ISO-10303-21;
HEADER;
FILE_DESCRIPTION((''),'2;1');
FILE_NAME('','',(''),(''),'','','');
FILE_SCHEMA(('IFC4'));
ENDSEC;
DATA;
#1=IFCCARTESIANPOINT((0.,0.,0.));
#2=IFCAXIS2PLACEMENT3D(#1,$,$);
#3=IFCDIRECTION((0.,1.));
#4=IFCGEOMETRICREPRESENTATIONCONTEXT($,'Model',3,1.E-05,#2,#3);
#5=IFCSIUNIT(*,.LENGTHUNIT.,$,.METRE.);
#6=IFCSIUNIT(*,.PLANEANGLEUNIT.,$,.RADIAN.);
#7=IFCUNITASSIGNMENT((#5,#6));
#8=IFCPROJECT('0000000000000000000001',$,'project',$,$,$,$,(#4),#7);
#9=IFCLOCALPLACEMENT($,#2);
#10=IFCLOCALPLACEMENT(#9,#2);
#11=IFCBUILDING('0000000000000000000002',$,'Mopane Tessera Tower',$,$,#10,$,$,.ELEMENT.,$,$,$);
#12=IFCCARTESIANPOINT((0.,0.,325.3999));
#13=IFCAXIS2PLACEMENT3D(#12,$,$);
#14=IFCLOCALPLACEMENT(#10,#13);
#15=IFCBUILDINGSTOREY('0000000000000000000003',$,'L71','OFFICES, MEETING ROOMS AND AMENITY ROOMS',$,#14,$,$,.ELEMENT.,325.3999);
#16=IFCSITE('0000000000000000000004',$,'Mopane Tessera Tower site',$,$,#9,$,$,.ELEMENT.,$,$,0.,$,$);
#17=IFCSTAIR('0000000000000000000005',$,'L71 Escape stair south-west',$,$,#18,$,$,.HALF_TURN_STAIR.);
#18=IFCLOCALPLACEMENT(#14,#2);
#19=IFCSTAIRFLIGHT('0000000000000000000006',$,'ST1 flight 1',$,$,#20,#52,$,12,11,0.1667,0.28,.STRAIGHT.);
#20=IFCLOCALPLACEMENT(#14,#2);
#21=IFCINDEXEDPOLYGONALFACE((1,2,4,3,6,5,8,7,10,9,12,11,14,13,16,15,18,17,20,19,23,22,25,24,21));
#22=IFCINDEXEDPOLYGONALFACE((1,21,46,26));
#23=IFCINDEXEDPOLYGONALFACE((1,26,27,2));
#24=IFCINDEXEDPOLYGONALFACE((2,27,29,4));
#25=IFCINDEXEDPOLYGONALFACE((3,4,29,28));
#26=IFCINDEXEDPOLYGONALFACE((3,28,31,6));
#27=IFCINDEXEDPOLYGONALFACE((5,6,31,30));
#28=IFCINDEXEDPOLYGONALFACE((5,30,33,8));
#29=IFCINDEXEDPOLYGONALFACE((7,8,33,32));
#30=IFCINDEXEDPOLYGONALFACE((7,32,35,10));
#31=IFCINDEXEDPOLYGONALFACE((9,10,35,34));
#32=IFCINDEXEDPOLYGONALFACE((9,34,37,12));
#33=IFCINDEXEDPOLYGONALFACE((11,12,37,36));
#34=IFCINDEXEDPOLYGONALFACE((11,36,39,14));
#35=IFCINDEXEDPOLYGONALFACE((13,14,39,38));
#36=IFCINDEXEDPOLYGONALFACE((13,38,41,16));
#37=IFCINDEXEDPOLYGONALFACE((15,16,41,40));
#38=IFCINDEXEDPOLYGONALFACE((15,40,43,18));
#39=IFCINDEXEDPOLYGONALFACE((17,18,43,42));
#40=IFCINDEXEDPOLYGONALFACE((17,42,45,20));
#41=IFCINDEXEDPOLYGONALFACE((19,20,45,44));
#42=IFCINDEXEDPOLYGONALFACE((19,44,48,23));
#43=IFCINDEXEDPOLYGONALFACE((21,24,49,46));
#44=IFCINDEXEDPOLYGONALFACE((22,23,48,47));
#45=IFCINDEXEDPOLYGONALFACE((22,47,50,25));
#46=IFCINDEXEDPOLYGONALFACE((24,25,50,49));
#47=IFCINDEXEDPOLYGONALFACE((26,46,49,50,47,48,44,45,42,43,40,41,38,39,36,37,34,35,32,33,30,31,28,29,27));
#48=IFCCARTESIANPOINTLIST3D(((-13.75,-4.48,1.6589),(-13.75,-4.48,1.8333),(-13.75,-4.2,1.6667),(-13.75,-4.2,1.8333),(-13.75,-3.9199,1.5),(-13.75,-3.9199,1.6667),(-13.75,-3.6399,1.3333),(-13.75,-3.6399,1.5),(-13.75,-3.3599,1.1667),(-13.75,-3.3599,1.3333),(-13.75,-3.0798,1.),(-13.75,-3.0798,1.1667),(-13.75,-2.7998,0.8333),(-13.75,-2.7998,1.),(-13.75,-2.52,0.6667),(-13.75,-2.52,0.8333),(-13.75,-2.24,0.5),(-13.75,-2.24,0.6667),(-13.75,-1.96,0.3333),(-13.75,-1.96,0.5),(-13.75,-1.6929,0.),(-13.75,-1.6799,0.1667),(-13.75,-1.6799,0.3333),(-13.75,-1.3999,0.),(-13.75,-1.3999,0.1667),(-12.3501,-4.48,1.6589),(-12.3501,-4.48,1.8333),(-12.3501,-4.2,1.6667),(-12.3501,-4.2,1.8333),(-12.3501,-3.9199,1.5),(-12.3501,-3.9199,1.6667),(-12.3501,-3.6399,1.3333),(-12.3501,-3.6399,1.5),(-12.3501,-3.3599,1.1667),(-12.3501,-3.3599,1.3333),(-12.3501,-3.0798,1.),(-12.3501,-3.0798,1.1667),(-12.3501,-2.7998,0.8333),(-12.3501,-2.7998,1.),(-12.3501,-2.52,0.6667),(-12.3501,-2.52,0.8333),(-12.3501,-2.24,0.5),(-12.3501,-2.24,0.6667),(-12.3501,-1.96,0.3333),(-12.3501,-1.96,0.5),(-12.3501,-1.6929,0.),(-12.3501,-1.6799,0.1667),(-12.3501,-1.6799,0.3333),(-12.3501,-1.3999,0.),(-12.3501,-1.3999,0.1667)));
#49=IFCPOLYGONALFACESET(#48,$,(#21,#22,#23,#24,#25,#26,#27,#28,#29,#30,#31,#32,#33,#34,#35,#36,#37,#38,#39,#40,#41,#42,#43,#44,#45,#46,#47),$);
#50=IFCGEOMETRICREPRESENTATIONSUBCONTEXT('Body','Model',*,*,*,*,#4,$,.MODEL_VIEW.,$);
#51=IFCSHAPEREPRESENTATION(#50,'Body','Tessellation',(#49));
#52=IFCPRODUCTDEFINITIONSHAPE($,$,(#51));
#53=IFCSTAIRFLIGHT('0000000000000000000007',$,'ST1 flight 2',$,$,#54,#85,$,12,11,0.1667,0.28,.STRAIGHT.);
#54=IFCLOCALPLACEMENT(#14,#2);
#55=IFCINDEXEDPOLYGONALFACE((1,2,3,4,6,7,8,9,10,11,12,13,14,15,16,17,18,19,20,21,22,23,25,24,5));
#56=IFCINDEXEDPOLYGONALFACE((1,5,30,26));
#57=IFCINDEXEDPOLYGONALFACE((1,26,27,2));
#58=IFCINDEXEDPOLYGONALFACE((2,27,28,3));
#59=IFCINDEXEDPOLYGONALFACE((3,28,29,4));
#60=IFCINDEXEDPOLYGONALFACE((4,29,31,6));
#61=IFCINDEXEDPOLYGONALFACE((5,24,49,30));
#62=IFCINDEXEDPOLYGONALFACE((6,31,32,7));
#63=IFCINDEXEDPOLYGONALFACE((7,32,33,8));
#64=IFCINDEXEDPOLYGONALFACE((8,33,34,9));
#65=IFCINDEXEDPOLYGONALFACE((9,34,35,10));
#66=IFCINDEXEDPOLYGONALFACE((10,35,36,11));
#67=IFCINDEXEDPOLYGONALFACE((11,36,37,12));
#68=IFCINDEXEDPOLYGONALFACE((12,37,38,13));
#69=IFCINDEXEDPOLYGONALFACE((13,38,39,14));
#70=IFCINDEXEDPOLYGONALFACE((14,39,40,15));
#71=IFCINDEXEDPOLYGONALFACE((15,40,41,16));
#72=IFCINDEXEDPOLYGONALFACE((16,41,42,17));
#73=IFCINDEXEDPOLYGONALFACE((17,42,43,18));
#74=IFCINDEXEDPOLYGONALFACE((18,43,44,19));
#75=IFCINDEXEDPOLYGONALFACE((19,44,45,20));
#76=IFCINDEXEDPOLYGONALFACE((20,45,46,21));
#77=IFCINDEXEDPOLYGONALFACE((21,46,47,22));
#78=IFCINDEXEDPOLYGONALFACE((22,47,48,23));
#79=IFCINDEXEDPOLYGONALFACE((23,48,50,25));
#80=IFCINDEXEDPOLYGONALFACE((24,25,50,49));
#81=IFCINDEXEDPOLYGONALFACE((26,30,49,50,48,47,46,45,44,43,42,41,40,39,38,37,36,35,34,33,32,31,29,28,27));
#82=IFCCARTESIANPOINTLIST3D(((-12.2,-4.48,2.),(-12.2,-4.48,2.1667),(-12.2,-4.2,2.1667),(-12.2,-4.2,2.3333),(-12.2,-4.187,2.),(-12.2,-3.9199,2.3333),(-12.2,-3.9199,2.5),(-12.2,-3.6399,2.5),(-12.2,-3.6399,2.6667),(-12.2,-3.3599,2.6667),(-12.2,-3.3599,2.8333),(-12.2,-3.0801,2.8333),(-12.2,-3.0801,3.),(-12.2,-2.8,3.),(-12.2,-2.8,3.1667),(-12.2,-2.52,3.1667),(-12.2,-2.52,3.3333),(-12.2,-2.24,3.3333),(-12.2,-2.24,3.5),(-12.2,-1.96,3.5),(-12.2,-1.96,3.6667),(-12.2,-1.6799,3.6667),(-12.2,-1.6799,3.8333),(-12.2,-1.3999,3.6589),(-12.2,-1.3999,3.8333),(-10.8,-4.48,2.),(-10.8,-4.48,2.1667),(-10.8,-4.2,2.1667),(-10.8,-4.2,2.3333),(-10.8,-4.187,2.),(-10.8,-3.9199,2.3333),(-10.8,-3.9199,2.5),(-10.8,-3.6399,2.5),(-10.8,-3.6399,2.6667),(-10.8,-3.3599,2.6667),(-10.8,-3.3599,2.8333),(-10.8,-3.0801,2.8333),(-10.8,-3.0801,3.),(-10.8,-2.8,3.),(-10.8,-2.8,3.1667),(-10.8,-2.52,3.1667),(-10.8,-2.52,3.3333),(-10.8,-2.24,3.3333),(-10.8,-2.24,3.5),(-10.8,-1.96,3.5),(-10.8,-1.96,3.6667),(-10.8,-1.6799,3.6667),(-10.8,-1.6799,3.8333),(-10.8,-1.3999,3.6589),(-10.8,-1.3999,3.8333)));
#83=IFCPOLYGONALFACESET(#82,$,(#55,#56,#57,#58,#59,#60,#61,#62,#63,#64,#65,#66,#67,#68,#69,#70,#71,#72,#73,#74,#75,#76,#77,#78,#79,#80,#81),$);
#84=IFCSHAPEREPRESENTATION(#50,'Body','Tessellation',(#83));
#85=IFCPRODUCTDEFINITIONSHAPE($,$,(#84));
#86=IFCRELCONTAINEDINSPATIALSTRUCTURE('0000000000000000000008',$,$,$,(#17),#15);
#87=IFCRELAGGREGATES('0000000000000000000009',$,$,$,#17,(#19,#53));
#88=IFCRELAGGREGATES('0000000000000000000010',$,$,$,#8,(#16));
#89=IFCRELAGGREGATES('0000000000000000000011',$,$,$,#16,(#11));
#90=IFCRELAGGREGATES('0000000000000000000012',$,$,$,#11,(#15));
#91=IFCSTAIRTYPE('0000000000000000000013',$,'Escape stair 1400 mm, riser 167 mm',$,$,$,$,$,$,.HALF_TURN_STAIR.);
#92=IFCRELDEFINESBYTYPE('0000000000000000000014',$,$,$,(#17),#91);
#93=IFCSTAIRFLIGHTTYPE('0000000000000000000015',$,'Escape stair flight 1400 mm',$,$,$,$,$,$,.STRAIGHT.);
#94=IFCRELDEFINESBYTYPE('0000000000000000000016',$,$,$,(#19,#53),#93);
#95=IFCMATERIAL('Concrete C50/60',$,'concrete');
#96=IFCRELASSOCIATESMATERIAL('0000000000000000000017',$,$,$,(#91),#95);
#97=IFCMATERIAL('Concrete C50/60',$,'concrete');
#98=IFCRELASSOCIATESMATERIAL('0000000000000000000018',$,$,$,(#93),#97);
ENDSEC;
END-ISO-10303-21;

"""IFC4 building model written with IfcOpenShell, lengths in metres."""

from ifc_helpers import new_model, si_unit, direction, frame, origin, place, context, subcontext, project, spatial, polyline, outline, extrude, material, type_object, element, aggregate, save


model = new_model("IFC4")

# Units and contexts
model_context = context("Model", 3, precision=1e-05, world=origin(), true_north=direction((0.0, 1.0)))
body_context = subcontext(model_context, "Body", "Model", "MODEL_VIEW")
ifc_project = project(units=[si_unit("LENGTHUNIT", "METRE"), si_unit("PLANEANGLEUNIT", "RADIAN")], contexts=[model_context])

# Site, building, storey
site_placement = place(None, origin())
site = spatial("IfcSite", under=ifc_project, at=site_placement, Name="Mopane Tessera Tower site", CompositionType="ELEMENT", RefElevation=0.0)
building_placement = place(site_placement, origin())
building = spatial("IfcBuilding", under=site, at=building_placement, Name="Mopane Tessera Tower", CompositionType="ELEMENT")
storey_placement = place(building_placement, frame((0.0, 0.0, 325.3999)))
storey = spatial("IfcBuildingStorey", under=building, at=storey_placement, Name="L71", Description="OFFICES, MEETING ROOMS AND AMENITY ROOMS", CompositionType="ELEMENT", Elevation=325.3999)

# Stair, stair flights
ifc_material_1 = material(Name="Concrete C50/60", Category="concrete")
stair_type = type_object("IfcStairType", Name="Escape stair 1400 mm, riser 167 mm", PredefinedType="HALF_TURN_STAIR", material=ifc_material_1)
stair_placement = place(storey_placement, origin())
stair = element("IfcStair", 1, at=stair_placement, inside=storey, type_object=stair_type, Name="L71 Escape stair south-west", PredefinedType="HALF_TURN_STAIR")
ifc_material_2 = material(Name="Concrete C50/60", Category="concrete")
stair_flight_type = type_object("IfcStairFlightType", Name="Escape stair flight 1400 mm", PredefinedType="STRAIGHT", material=ifc_material_2)
stair_flight_1_placement = place(storey_placement, frame((-13.05, -1.3999, 0.0), z_axis=(0.0, 0.0, 1.0), x_axis=(0.0, -1.0, 0.0)))
stair_flight_1 = element("IfcStairFlight", 2, at=stair_flight_1_placement, type_object=stair_flight_type, Name="ST1 flight 1", NumberOfRisers=12, NumberOfTreads=11, PredefinedType="STRAIGHT", RiserHeight=0.1667, TreadLength=0.28, context=body_context, shape_type="SweptSolid", body=[
    extrude(outline(polyline([(0.0, 0.0), (0.0, 0.1667), (0.28, 0.1667), (0.28, 0.3333), (0.5601, 0.3333), (0.5601, 0.5), (0.8401, 0.5), (0.8401, 0.6667), (1.1201, 0.6667), (1.1201, 0.8333), (1.3999, 0.8333), (1.3999, 1.0), (1.6799, 1.0), (1.6799, 1.1667), (1.96, 1.1667), (1.96, 1.3333), (2.24, 1.3333), (2.24, 1.5), (2.52, 1.5), (2.52, 1.6667), (2.8, 1.6667), (2.8, 1.8333), (3.0801, 1.8333), (3.0801, 2.0), (3.0801, 1.6589), (0.293, 0.0), (0.0, 0.0)])), frame((0.0, 0.7, 0.0), z_axis=(0.0, -1.0, 0.0), x_axis=(1.0, 0.0, 0.0)), (0.0, 0.0, 1.0), 1.3999),
])
stair_flight_2_placement = place(storey_placement, frame((-11.5, -4.48, 2.0), z_axis=(0.0, 0.0, 1.0), x_axis=(0.0, 1.0, 0.0)))
stair_flight_2 = element("IfcStairFlight", 3, at=stair_flight_2_placement, type_object=stair_flight_type, Name="ST1 flight 2", NumberOfRisers=12, NumberOfTreads=11, PredefinedType="STRAIGHT", RiserHeight=0.1667, TreadLength=0.28, context=body_context, shape_type="SweptSolid", body=[
    extrude(outline(polyline([(0.0, 0.0), (0.0, 0.1667), (0.28, 0.1667), (0.28, 0.3333), (0.5601, 0.3333), (0.5601, 0.5), (0.8401, 0.5), (0.8401, 0.6667), (1.1201, 0.6667), (1.1201, 0.8333), (1.3999, 0.8333), (1.3999, 1.0), (1.6799, 1.0), (1.6799, 1.1667), (1.96, 1.1667), (1.96, 1.3333), (2.24, 1.3333), (2.24, 1.5), (2.52, 1.5), (2.52, 1.6667), (2.8, 1.6667), (2.8, 1.8333), (3.0801, 1.8333), (3.0801, 2.0), (3.0801, 1.6589), (0.293, 0.0), (0.0, 0.0)])), frame((0.0, 0.7, 0.0), z_axis=(0.0, -1.0, 0.0), x_axis=(1.0, 0.0, 0.0)), (0.0, 0.0, 1.0), 1.3999),
])
aggregate(stair, [stair_flight_1, stair_flight_2])

save(model, "model.ifc")
